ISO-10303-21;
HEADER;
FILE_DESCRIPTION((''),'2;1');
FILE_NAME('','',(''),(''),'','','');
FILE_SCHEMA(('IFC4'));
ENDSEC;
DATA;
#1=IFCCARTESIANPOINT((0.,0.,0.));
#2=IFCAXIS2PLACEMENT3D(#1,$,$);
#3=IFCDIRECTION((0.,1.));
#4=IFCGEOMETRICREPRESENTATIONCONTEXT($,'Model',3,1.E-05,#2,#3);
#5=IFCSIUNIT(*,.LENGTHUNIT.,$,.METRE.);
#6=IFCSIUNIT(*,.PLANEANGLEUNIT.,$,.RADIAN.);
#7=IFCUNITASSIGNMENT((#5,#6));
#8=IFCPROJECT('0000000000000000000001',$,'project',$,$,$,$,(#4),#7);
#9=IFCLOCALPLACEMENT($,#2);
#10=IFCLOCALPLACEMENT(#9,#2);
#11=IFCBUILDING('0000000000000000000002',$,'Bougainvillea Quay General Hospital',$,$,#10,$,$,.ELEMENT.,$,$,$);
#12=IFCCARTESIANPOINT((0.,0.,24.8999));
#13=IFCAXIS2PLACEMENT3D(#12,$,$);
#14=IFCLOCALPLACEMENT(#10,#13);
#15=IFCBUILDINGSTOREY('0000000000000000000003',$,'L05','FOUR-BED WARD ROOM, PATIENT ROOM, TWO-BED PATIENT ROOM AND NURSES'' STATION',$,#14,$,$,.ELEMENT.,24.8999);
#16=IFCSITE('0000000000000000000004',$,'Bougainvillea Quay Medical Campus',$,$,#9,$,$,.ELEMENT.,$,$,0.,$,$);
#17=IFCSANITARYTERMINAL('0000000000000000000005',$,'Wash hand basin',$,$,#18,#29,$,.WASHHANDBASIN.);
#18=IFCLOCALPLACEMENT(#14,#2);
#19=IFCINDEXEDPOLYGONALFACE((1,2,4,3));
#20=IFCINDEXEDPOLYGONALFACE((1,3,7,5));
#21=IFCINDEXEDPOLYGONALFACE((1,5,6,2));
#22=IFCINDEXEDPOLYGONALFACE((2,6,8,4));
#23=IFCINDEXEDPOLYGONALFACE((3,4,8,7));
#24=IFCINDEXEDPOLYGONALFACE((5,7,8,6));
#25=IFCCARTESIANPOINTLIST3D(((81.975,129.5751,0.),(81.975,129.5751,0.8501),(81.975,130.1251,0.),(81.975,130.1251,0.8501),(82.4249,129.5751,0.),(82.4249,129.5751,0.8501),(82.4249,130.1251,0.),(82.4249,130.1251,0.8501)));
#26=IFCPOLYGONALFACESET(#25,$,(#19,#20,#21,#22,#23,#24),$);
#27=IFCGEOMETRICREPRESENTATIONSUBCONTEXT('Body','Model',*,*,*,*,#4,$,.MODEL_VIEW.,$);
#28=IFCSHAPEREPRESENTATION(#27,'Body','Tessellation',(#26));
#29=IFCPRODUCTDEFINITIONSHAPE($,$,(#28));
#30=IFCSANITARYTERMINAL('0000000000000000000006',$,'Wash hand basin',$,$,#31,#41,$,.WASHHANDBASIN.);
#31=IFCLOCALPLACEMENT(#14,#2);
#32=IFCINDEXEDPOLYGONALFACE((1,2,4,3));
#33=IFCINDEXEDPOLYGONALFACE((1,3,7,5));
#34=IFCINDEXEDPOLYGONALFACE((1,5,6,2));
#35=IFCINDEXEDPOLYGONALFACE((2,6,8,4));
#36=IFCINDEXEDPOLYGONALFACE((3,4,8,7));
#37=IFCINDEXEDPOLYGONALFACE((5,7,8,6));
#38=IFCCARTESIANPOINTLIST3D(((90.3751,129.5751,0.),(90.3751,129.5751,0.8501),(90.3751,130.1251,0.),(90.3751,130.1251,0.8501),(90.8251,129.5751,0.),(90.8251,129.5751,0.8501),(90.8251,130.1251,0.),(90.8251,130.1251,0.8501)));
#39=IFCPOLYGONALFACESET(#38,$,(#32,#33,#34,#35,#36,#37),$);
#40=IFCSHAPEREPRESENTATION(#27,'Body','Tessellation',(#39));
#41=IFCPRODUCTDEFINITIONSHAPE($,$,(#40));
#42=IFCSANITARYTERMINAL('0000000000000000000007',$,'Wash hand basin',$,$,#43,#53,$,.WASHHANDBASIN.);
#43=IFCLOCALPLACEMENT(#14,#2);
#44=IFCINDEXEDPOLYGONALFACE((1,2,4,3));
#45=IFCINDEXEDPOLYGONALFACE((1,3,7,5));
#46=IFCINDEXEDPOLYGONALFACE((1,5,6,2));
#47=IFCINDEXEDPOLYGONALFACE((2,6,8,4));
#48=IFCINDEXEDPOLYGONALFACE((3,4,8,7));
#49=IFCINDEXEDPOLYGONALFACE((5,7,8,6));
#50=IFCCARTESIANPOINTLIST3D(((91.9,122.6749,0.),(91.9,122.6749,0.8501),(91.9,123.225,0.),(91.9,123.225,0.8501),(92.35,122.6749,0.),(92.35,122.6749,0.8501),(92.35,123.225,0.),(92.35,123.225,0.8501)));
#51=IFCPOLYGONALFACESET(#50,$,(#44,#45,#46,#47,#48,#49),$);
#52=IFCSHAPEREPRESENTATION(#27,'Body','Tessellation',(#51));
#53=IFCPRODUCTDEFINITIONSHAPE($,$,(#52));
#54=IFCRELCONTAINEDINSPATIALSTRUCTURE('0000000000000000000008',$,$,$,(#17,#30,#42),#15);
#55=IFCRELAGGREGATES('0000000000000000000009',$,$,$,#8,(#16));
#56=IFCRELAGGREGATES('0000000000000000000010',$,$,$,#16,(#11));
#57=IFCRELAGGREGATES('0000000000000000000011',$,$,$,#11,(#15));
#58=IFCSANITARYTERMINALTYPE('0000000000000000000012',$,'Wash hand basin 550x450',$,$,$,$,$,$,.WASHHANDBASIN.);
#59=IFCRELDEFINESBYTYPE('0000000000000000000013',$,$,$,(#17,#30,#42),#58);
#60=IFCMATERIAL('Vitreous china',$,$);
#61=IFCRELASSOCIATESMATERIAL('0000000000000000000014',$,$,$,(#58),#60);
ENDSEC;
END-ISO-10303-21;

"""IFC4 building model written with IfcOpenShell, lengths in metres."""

from ifc_helpers import new_model, si_unit, direction, frame, origin, origin_2d, place, context, subcontext, project, spatial, rectangle, extrude, material, type_object, element, save


model = new_model("IFC4")

# Units and contexts
model_context = context("Model", 3, precision=1e-05, world=origin(), true_north=direction((0.0, 1.0)))
body_context = subcontext(model_context, "Body", "Model", "MODEL_VIEW")
ifc_project = project(units=[si_unit("LENGTHUNIT", "METRE"), si_unit("PLANEANGLEUNIT", "RADIAN")], contexts=[model_context])

# Site, building, storey
site_placement = place(None, origin())
site = spatial("IfcSite", under=ifc_project, at=site_placement, Name="Bougainvillea Quay Medical Campus", CompositionType="ELEMENT", RefElevation=0.0)
building_placement = place(site_placement, origin())
building = spatial("IfcBuilding", under=site, at=building_placement, Name="Bougainvillea Quay General Hospital", CompositionType="ELEMENT")
storey_placement = place(building_placement, frame((0.0, 0.0, 24.8999)))
storey = spatial("IfcBuildingStorey", under=building, at=storey_placement, Name="L05", Description="FOUR-BED WARD ROOM, PATIENT ROOM, TWO-BED PATIENT ROOM AND NURSES' STATION", CompositionType="ELEMENT", Elevation=24.8999)

# Sanitary terminals
ifc_material_1 = material(Name="Vitreous china")
sanitary_terminal_type_1 = type_object("IfcSanitaryTerminalType", Name="Wash hand basin 550x450", PredefinedType="WASHHANDBASIN", material=ifc_material_1)
for number, where, z_axis, x_axis, name in (
    (1, (82.2, 129.8501, 0.0), (0.0, 0.0, 1.0), (0.0, 1.0, 0.0), "Wash hand basin"),
    (2, (90.6001, 129.8501, 0.0), (0.0, 0.0, 1.0), (0.0, 1.0, 0.0), "Wash hand basin"),
    (3, (92.125, 122.95, 0.0), (0.0, 0.0, 1.0), (0.0, -1.0, 0.0), "Wash hand basin"),
):
    element("IfcSanitaryTerminal", number, at=place(storey_placement, frame(where, z_axis=z_axis, x_axis=x_axis)), inside=storey, type_object=sanitary_terminal_type_1, Name=name, PredefinedType="WASHHANDBASIN", context=body_context, shape_type="SweptSolid", body=[
        extrude(rectangle(XDim=0.55, YDim=0.45, at=origin_2d()), origin(), (0.0, 0.0, 1.0), 0.8501),
    ])

save(model, "model.ifc")
